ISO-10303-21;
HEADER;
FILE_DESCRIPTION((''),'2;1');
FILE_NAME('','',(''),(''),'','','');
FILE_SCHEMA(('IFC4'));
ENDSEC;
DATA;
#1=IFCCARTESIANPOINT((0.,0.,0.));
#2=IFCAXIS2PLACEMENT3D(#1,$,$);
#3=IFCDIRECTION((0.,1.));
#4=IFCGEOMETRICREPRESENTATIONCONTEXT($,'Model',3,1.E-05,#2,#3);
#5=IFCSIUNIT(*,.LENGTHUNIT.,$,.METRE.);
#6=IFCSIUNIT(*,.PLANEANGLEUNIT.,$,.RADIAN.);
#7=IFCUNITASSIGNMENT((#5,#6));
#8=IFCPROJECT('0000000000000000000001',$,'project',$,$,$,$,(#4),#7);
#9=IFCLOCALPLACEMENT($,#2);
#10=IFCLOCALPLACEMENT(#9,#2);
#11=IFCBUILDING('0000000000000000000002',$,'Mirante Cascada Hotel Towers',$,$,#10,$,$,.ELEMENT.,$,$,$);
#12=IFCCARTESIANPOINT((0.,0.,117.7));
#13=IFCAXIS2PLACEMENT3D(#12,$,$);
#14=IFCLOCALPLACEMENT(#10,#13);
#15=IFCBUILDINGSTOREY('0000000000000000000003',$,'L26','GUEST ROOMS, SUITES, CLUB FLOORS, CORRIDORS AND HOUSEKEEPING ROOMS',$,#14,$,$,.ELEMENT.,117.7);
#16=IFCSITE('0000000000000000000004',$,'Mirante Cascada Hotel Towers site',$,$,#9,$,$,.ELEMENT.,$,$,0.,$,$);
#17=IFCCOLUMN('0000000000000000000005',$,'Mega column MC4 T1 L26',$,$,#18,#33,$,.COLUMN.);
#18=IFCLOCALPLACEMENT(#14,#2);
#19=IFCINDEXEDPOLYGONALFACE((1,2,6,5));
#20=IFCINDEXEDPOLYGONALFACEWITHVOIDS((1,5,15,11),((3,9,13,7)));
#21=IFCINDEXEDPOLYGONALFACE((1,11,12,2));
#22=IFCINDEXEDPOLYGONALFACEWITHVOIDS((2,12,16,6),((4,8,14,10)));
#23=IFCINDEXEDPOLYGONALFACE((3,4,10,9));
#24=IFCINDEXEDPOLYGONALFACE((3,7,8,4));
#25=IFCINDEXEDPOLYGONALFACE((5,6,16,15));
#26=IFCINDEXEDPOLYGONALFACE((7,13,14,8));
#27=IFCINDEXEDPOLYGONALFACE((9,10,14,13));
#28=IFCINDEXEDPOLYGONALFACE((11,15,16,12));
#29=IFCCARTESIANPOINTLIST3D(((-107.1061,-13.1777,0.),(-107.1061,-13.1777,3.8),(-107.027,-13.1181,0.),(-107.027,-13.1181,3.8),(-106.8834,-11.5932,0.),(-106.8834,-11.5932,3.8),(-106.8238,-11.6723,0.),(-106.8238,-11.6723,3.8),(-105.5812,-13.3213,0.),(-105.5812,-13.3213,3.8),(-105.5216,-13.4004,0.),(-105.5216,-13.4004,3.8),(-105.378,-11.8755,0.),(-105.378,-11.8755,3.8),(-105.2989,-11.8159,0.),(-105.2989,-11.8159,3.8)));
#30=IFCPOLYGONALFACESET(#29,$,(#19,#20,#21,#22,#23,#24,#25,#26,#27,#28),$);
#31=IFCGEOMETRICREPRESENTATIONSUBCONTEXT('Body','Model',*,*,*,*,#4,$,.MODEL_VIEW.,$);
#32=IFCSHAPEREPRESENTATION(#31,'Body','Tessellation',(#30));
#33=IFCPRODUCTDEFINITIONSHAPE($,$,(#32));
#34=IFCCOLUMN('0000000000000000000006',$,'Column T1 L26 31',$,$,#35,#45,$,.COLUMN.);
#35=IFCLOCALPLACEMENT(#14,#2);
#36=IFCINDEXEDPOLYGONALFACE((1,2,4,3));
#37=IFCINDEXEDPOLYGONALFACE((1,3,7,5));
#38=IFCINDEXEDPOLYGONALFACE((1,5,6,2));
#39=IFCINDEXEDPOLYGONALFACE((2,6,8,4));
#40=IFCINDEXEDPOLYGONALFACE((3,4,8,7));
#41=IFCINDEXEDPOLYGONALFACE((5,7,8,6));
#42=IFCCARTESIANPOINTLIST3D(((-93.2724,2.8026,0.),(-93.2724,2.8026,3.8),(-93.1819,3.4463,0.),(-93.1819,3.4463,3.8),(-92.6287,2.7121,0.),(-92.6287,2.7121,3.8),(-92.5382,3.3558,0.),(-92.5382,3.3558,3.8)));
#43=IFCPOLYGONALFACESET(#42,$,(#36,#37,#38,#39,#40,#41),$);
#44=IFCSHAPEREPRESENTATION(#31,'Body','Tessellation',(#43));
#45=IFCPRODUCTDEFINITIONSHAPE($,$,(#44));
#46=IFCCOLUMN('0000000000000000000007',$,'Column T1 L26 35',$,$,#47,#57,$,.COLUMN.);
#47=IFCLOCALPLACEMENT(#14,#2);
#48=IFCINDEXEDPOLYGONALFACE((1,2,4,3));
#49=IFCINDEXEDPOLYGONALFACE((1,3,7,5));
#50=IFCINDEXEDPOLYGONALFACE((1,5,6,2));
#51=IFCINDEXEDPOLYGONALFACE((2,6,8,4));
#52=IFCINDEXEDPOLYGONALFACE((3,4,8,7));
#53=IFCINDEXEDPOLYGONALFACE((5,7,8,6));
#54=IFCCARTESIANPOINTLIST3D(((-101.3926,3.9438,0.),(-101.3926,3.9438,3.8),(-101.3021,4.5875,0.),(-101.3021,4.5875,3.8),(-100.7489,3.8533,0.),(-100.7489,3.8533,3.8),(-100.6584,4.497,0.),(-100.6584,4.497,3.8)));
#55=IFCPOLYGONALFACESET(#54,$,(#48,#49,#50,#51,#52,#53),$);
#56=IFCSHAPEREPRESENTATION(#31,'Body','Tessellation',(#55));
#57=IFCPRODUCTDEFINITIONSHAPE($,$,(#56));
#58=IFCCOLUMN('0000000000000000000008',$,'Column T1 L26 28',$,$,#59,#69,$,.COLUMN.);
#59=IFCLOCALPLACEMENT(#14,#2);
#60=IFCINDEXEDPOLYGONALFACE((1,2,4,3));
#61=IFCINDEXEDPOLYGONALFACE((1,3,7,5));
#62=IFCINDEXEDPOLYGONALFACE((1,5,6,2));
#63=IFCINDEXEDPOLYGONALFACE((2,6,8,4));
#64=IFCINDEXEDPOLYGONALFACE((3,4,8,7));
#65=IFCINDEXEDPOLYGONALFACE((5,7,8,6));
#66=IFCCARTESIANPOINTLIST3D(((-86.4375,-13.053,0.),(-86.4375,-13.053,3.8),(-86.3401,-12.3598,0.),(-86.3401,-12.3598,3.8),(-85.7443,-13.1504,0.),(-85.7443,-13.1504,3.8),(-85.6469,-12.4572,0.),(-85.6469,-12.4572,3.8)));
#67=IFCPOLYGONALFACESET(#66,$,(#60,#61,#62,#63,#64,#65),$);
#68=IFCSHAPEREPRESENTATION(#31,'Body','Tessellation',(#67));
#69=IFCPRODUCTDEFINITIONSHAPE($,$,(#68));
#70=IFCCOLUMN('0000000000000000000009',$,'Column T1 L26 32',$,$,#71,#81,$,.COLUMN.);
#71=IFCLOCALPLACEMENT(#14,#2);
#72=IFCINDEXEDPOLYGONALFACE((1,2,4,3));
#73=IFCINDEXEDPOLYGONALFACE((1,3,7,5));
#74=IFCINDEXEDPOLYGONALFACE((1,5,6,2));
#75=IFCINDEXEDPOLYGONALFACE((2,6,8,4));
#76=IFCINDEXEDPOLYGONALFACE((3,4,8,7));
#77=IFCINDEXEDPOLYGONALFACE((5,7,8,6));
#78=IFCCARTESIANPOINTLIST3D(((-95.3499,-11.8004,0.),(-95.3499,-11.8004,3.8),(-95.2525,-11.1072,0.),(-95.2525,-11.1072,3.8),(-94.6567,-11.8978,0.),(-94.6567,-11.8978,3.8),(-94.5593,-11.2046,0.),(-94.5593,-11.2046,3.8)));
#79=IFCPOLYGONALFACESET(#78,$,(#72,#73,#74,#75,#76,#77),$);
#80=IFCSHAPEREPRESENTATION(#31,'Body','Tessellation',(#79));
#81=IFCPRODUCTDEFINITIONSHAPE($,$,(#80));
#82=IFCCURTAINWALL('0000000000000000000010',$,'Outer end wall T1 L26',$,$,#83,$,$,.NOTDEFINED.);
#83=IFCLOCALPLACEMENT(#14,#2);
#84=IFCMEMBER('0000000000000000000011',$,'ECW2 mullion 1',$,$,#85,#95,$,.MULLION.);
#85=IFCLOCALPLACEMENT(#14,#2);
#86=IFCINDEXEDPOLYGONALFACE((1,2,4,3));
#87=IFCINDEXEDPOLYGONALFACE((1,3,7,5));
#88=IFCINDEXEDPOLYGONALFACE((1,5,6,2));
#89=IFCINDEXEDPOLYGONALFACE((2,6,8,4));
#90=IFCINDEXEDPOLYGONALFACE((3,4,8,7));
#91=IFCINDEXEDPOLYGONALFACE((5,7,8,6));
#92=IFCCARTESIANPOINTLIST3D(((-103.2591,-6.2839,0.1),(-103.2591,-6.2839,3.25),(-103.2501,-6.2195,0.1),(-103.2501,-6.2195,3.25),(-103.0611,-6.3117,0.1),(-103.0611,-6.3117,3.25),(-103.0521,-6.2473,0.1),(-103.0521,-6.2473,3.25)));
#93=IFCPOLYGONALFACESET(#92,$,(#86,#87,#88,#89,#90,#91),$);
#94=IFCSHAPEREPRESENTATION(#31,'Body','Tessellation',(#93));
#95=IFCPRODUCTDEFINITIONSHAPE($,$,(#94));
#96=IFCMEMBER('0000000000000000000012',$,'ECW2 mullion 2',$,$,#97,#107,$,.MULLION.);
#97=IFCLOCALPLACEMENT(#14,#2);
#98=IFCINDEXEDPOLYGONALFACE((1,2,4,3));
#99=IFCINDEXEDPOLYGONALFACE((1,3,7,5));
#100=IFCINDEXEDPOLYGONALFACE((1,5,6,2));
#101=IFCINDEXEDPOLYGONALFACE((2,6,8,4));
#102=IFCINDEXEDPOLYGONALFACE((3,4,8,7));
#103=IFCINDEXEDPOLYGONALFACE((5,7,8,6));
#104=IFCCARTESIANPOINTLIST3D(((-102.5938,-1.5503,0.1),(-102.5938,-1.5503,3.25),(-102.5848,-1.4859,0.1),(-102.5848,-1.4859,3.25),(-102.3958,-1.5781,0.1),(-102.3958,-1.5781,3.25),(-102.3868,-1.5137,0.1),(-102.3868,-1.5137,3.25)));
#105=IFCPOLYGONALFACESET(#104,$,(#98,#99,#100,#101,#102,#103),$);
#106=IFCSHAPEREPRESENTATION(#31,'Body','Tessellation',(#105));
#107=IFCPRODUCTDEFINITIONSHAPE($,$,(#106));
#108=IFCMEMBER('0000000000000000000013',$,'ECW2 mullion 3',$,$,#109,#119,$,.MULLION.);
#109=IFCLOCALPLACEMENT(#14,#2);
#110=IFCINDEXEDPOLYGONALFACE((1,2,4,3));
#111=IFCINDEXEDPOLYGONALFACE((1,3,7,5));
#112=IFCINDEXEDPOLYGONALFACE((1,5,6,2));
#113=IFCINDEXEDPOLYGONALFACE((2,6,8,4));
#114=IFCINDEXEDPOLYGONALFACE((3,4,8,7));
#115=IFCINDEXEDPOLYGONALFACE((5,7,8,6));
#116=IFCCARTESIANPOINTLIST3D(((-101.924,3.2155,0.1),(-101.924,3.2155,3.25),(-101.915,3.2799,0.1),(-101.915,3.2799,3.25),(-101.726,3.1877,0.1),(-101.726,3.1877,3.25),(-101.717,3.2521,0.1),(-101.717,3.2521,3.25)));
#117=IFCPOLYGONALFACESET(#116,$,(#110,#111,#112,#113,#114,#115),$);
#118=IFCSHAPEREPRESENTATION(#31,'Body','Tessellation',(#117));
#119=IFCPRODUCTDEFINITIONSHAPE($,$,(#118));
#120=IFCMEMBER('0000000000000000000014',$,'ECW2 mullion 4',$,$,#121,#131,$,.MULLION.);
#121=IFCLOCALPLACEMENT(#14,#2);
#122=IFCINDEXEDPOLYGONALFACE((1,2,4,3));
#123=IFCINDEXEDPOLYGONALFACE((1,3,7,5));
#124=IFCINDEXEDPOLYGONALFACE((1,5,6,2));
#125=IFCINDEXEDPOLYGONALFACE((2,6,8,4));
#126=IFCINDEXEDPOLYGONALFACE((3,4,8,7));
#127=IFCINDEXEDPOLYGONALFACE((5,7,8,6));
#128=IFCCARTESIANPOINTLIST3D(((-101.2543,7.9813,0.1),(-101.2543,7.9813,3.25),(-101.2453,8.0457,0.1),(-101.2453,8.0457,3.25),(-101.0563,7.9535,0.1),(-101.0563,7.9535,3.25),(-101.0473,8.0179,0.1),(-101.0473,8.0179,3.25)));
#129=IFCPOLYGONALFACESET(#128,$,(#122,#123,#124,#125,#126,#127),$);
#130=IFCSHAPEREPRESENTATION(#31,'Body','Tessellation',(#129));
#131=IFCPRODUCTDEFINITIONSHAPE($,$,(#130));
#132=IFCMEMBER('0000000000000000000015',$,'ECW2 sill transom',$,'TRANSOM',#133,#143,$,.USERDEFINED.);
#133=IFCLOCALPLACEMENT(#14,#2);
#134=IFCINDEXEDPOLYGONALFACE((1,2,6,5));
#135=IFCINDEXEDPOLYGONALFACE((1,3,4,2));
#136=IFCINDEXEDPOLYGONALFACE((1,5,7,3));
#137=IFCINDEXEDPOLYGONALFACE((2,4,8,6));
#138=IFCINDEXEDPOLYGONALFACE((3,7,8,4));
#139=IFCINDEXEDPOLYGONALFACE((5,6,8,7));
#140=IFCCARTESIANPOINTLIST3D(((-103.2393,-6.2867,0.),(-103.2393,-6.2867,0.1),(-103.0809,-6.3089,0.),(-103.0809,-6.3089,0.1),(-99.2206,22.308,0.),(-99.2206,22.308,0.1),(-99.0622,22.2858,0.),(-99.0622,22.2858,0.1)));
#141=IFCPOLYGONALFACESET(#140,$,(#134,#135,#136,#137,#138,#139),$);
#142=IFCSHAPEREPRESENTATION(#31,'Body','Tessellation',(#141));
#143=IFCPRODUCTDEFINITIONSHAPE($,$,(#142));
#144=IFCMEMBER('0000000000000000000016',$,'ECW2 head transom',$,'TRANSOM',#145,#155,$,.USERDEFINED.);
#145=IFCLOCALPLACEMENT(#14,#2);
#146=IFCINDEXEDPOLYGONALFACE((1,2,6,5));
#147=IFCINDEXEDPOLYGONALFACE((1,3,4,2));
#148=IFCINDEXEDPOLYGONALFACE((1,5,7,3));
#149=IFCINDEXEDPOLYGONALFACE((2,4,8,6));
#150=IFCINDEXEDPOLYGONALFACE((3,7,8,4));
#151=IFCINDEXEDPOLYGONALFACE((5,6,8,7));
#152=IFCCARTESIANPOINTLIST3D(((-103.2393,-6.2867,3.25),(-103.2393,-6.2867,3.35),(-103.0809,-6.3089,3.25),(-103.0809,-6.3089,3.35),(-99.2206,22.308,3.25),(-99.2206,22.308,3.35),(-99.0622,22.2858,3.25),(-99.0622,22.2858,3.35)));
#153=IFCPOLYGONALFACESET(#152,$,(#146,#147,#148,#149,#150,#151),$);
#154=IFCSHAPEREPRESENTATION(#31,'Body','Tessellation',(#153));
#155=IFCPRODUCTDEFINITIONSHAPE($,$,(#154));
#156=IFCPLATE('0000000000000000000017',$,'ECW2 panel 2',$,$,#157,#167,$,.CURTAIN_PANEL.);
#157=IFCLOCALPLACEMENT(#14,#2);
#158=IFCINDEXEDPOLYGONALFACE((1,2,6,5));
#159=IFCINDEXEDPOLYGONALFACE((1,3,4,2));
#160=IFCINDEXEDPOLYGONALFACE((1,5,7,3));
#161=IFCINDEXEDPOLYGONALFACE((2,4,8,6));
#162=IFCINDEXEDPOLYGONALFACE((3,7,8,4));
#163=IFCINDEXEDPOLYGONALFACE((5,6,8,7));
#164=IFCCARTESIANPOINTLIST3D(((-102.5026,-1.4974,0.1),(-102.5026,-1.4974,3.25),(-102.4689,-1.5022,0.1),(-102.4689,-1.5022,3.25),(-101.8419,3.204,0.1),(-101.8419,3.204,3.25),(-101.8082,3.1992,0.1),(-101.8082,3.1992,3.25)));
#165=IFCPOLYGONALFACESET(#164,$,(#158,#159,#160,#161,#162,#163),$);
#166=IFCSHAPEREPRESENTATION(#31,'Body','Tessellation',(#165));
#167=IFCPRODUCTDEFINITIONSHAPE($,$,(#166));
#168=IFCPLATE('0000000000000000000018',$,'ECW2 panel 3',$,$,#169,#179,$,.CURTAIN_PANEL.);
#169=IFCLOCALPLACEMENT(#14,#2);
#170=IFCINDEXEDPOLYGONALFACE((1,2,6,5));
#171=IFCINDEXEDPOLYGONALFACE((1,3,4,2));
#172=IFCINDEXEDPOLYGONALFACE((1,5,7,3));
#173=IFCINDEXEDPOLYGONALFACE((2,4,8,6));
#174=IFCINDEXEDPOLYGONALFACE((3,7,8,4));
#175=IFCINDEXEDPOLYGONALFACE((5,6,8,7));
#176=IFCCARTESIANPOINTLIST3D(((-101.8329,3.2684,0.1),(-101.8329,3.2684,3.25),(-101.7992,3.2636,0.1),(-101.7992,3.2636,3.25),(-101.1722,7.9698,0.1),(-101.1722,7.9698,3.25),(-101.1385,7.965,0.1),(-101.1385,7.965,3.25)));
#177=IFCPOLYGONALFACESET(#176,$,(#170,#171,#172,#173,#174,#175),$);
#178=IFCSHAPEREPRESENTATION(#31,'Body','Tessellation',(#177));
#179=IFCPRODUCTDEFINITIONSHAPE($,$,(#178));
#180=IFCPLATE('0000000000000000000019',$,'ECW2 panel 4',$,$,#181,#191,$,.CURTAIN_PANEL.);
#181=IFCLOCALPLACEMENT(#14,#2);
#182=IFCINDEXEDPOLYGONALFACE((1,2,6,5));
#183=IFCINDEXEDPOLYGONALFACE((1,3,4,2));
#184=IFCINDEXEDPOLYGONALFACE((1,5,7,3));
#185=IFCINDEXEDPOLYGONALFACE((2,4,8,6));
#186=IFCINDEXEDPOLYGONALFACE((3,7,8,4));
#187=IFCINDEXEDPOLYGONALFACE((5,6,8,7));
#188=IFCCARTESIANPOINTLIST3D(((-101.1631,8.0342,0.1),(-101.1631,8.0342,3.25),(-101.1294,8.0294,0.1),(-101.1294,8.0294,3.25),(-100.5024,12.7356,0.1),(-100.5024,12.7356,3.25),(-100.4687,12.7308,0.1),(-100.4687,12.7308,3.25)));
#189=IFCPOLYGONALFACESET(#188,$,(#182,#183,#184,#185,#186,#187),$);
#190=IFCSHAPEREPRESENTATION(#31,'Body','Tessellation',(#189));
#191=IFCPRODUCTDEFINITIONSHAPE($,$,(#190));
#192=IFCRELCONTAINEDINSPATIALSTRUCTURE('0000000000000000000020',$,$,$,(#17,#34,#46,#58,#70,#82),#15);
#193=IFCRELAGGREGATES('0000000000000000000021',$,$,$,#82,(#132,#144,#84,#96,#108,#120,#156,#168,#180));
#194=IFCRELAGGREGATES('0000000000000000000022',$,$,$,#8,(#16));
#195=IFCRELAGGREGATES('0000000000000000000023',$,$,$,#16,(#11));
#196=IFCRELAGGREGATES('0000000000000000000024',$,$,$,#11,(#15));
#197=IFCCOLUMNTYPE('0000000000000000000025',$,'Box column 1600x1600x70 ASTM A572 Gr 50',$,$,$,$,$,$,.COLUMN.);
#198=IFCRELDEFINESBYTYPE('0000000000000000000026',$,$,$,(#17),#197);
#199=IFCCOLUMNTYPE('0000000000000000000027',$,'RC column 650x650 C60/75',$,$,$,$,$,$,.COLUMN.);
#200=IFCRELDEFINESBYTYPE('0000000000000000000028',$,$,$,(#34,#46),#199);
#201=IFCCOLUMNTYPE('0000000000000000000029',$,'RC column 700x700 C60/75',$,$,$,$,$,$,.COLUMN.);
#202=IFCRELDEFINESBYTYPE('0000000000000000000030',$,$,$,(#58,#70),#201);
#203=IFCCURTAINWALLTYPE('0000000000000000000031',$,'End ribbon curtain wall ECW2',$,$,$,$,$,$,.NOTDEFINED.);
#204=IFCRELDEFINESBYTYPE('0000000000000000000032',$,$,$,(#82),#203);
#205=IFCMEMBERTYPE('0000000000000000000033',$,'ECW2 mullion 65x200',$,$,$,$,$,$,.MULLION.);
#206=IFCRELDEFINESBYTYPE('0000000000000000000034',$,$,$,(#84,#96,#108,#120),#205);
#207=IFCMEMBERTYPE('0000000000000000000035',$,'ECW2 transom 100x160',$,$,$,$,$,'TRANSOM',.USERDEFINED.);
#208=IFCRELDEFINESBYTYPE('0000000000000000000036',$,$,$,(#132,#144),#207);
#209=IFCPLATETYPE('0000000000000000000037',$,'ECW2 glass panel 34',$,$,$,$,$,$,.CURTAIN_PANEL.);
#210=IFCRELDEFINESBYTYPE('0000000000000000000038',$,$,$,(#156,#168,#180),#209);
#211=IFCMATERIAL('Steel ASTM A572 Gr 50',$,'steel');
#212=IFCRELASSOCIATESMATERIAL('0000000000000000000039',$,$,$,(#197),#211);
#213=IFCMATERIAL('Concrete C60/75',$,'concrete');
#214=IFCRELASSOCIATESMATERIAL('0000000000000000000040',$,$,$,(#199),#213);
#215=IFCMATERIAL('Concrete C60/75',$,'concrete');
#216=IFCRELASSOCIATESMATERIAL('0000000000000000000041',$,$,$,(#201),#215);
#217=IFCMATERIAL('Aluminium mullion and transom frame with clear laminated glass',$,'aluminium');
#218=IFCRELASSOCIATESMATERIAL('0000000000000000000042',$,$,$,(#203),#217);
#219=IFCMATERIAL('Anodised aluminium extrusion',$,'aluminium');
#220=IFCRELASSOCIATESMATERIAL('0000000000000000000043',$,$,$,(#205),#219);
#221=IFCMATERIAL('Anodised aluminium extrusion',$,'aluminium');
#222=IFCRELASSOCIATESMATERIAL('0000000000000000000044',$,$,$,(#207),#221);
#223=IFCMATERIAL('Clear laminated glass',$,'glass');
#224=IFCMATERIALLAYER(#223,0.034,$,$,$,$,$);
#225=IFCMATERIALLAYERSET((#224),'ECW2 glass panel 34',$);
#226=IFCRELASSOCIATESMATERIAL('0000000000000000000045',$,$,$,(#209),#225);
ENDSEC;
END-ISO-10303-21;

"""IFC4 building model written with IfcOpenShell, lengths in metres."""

from ifc_helpers import new_model, si_unit, direction, frame, origin, origin_2d, place, context, subcontext, project, spatial, rectangle, hollow_rectangle, extrude, material, layer, layer_set, material_profile, profile_set, type_object, element, aggregate, save


model = new_model("IFC4")

# Units and contexts
model_context = context("Model", 3, precision=1e-05, world=origin(), true_north=direction((0.0, 1.0)))
body_context = subcontext(model_context, "Body", "Model", "MODEL_VIEW")
ifc_project = project(units=[si_unit("LENGTHUNIT", "METRE"), si_unit("PLANEANGLEUNIT", "RADIAN")], contexts=[model_context])

# Site, building, storey
site_placement = place(None, origin())
site = spatial("IfcSite", under=ifc_project, at=site_placement, Name="Mirante Cascada Hotel Towers site", CompositionType="ELEMENT", RefElevation=0.0)
building_placement = place(site_placement, origin())
building = spatial("IfcBuilding", under=site, at=building_placement, Name="Mirante Cascada Hotel Towers", CompositionType="ELEMENT")
storey_placement = place(building_placement, frame((0.0, 0.0, 117.7)))
storey = spatial("IfcBuildingStorey", under=building, at=storey_placement, Name="L26", Description="GUEST ROOMS, SUITES, CLUB FLOORS, CORRIDORS AND HOUSEKEEPING ROOMS", CompositionType="ELEMENT", Elevation=117.7)

# Columns
ifc_material_1 = material(Name="Steel ASTM A572 Gr 50", Category="steel")
ifc_material_profile_1 = material_profile(ifc_material_1, hollow_rectangle(XDim=1.6, YDim=1.6, WallThickness=0.07, at=origin_2d()), Name="Box column 1600x1600x70 ASTM A572 Gr 50")
ifc_profile_set_1 = profile_set([ifc_material_profile_1], Name="Steel ASTM A572 Gr 50")
column_type_1 = type_object("IfcColumnType", Name="Box column 1600x1600x70 ASTM A572 Gr 50", PredefinedType="COLUMN", material=ifc_profile_set_1)
column_placement = place(storey_placement, frame((-106.2025, -12.4968, 0.0), z_axis=(0.0, 0.0, 1.0), x_axis=(-0.990268, 0.139173, 0.0)))
element("IfcColumn", 1, at=column_placement, inside=storey, type_object=column_type_1, Name="Mega column MC4 T1 L26", PredefinedType="COLUMN", context=body_context, shape_type="SweptSolid", body=[
    extrude(hollow_rectangle(XDim=1.6, YDim=1.6, WallThickness=0.07, at=origin_2d()), origin(), (0.0, 0.0, 1.0), 3.8),
])
ifc_material_2 = material(Name="Concrete C60/75", Category="concrete")
ifc_material_profile_2 = material_profile(ifc_material_2, rectangle(XDim=0.65, YDim=0.65, at=origin_2d()), Name="RC column 650x650 C60/75")
ifc_profile_set_2 = profile_set([ifc_material_profile_2], Name="Concrete C60/75")
column_type_2 = type_object("IfcColumnType", Name="RC column 650x650 C60/75", PredefinedType="COLUMN", material=ifc_profile_set_2)
for number, where, z_axis, x_axis, name in (
    (2, (-92.9053, 3.0792, 0.0), (0.0, 0.0, 1.0), (-0.990268, 0.139173, 0.0), "Column T1 L26 31"),
    (3, (-101.0255, 4.2204, 0.0), (0.0, 0.0, 1.0), (-0.990268, 0.139173, 0.0), "Column T1 L26 35"),
):
    element("IfcColumn", number, at=place(storey_placement, frame(where, z_axis=z_axis, x_axis=x_axis)), inside=storey, type_object=column_type_2, Name=name, PredefinedType="COLUMN", context=body_context, shape_type="SweptSolid", body=[
        extrude(rectangle(XDim=0.65, YDim=0.65, at=origin_2d()), origin(), (0.0, 0.0, 1.0), 3.8),
    ])
ifc_material_3 = material(Name="Concrete C60/75", Category="concrete")
ifc_material_profile_3 = material_profile(ifc_material_3, rectangle(XDim=0.7, YDim=0.7, at=origin_2d()), Name="RC column 700x700 C60/75")
ifc_profile_set_3 = profile_set([ifc_material_profile_3], Name="Concrete C60/75")
column_type_3 = type_object("IfcColumnType", Name="RC column 700x700 C60/75", PredefinedType="COLUMN", material=ifc_profile_set_3)
for number, where, z_axis, x_axis, name in (
    (4, (-86.0422, -12.7551, 0.0), (0.0, 0.0, 1.0), (-0.990268, 0.139173, 0.0), "Column T1 L26 28"),
    (5, (-94.9546, -11.5025, 0.0), (0.0, 0.0, 1.0), (-0.990268, 0.139173, 0.0), "Column T1 L26 32"),
):
    element("IfcColumn", number, at=place(storey_placement, frame(where, z_axis=z_axis, x_axis=x_axis)), inside=storey, type_object=column_type_3, Name=name, PredefinedType="COLUMN", context=body_context, shape_type="SweptSolid", body=[
        extrude(rectangle(XDim=0.7, YDim=0.7, at=origin_2d()), origin(), (0.0, 0.0, 1.0), 3.8),
    ])

# Curtain wall, members, plates
ifc_material_4 = material(Name="Aluminium mullion and transom frame with clear laminated glass", Category="aluminium")
curtain_wall_type = type_object("IfcCurtainWallType", Name="End ribbon curtain wall ECW2", PredefinedType="NOTDEFINED", material=ifc_material_4)
curtain_wall_placement = place(storey_placement, origin())
curtain_wall = element("IfcCurtainWall", 6, at=curtain_wall_placement, inside=storey, type_object=curtain_wall_type, Name="Outer end wall T1 L26", PredefinedType="NOTDEFINED")
ifc_material_5 = material(Name="Anodised aluminium extrusion", Category="aluminium")
ifc_material_profile_4 = material_profile(ifc_material_5, rectangle(XDim=0.2, YDim=0.065, at=origin_2d()), Name="ECW2 MULLION 65x200")
ifc_profile_set_4 = profile_set([ifc_material_profile_4], Name="Anodised aluminium extrusion")
member_type_1 = type_object("IfcMemberType", Name="ECW2 mullion 65x200", PredefinedType="MULLION", material=ifc_profile_set_4)
member_1_placement = place(storey_placement, frame((-103.1556, -6.2656, 0.1), z_axis=(0.0, 0.0, 1.0), x_axis=(-0.990268, 0.139173, 0.0)))
member_1 = element("IfcMember", 7, at=member_1_placement, type_object=member_type_1, Name="ECW2 mullion 1", PredefinedType="MULLION", context=body_context, shape_type="SweptSolid", body=[
    extrude(rectangle(XDim=0.2, YDim=0.065, at=origin_2d()), origin(), (0.0, 0.0, 1.0), 3.15),
])
member_2_placement = place(storey_placement, frame((-102.4903, -1.532, 0.1), z_axis=(0.0, 0.0, 1.0), x_axis=(-0.990268, 0.139173, 0.0)))
member_2 = element("IfcMember", 8, at=member_2_placement, type_object=member_type_1, Name="ECW2 mullion 2", PredefinedType="MULLION", context=body_context, shape_type="SweptSolid", body=[
    extrude(rectangle(XDim=0.2, YDim=0.065, at=origin_2d()), origin(), (0.0, 0.0, 1.0), 3.15),
])
member_3_placement = place(storey_placement, frame((-101.8205, 3.2338, 0.1), z_axis=(0.0, 0.0, 1.0), x_axis=(-0.990268, 0.139173, 0.0)))
member_3 = element("IfcMember", 9, at=member_3_placement, type_object=member_type_1, Name="ECW2 mullion 3", PredefinedType="MULLION", context=body_context, shape_type="SweptSolid", body=[
    extrude(rectangle(XDim=0.2, YDim=0.065, at=origin_2d()), origin(), (0.0, 0.0, 1.0), 3.15),
])
member_4_placement = place(storey_placement, frame((-101.1508, 7.9996, 0.1), z_axis=(0.0, 0.0, 1.0), x_axis=(-0.990268, 0.139173, 0.0)))
member_4 = element("IfcMember", 10, at=member_4_placement, type_object=member_type_1, Name="ECW2 mullion 4", PredefinedType="MULLION", context=body_context, shape_type="SweptSolid", body=[
    extrude(rectangle(XDim=0.2, YDim=0.065, at=origin_2d()), origin(), (0.0, 0.0, 1.0), 3.15),
])
ifc_material_6 = material(Name="Anodised aluminium extrusion", Category="aluminium")
ifc_material_profile_5 = material_profile(ifc_material_6, rectangle(XDim=0.16, YDim=0.1, at=origin_2d()), Name="ECW2 TRANSOM 100x160")
ifc_profile_set_5 = profile_set([ifc_material_profile_5], Name="Anodised aluminium extrusion")
member_type_2 = type_object("IfcMemberType", Name="ECW2 transom 100x160", ElementType="TRANSOM", PredefinedType="USERDEFINED", material=ifc_profile_set_5)
member_5_placement = place(storey_placement, frame((-103.1601, -6.2978, 0.05), z_axis=(0.139172, 0.990268, 0.0), x_axis=(-0.990268, 0.139172, 0.0)))
member_5 = element("IfcMember", 11, at=member_5_placement, type_object=member_type_2, Name="ECW2 sill transom", ObjectType="TRANSOM", PredefinedType="USERDEFINED", context=body_context, shape_type="SweptSolid", body=[
    extrude(rectangle(XDim=0.16, YDim=0.1, at=origin_2d()), origin(), (0.0, 0.0, 1.0), 28.8757),
])
member_6_placement = place(storey_placement, frame((-103.1601, -6.2978, 3.3), z_axis=(0.139172, 0.990268, 0.0), x_axis=(-0.990268, 0.139172, 0.0)))
member_6 = element("IfcMember", 12, at=member_6_placement, type_object=member_type_2, Name="ECW2 head transom", ObjectType="TRANSOM", PredefinedType="USERDEFINED", context=body_context, shape_type="SweptSolid", body=[
    extrude(rectangle(XDim=0.16, YDim=0.1, at=origin_2d()), origin(), (0.0, 0.0, 1.0), 28.8757),
])
ifc_material_7 = material(Name="Clear laminated glass", Category="glass")
ifc_layer_1 = layer(ifc_material_7, 0.034)
ifc_layer_set_1 = layer_set([ifc_layer_1], Name="ECW2 glass panel 34")
plate_type_1 = type_object("IfcPlateType", Name="ECW2 glass panel 34", PredefinedType="CURTAIN_PANEL", material=ifc_layer_set_1)
plate_1_placement = place(storey_placement, frame((-102.1554, 0.8509, 0.1), z_axis=(0.0, 0.0, 1.0), x_axis=(0.139173, 0.990268, 0.0)))
plate_1 = element("IfcPlate", 13, at=plate_1_placement, type_object=plate_type_1, Name="ECW2 panel 2", PredefinedType="CURTAIN_PANEL", context=body_context, shape_type="SweptSolid", body=[
    extrude(rectangle(XDim=4.7476, YDim=0.034, at=origin_2d()), origin(), (0.0, 0.0, 1.0), 3.15),
])
plate_2_placement = place(storey_placement, frame((-101.4857, 5.6167, 0.1), z_axis=(0.0, 0.0, 1.0), x_axis=(0.139173, 0.990268, 0.0)))
plate_2 = element("IfcPlate", 14, at=plate_2_placement, type_object=plate_type_1, Name="ECW2 panel 3", PredefinedType="CURTAIN_PANEL", context=body_context, shape_type="SweptSolid", body=[
    extrude(rectangle(XDim=4.7476, YDim=0.034, at=origin_2d()), origin(), (0.0, 0.0, 1.0), 3.15),
])
plate_3_placement = place(storey_placement, frame((-100.8159, 10.3825, 0.1), z_axis=(0.0, 0.0, 1.0), x_axis=(0.139173, 0.990268, 0.0)))
plate_3 = element("IfcPlate", 15, at=plate_3_placement, type_object=plate_type_1, Name="ECW2 panel 4", PredefinedType="CURTAIN_PANEL", context=body_context, shape_type="SweptSolid", body=[
    extrude(rectangle(XDim=4.7476, YDim=0.034, at=origin_2d()), origin(), (0.0, 0.0, 1.0), 3.15),
])
aggregate(curtain_wall, [member_5, member_6, member_1, member_2, member_3, member_4, plate_1, plate_2, plate_3])

save(model, "model.ifc")
